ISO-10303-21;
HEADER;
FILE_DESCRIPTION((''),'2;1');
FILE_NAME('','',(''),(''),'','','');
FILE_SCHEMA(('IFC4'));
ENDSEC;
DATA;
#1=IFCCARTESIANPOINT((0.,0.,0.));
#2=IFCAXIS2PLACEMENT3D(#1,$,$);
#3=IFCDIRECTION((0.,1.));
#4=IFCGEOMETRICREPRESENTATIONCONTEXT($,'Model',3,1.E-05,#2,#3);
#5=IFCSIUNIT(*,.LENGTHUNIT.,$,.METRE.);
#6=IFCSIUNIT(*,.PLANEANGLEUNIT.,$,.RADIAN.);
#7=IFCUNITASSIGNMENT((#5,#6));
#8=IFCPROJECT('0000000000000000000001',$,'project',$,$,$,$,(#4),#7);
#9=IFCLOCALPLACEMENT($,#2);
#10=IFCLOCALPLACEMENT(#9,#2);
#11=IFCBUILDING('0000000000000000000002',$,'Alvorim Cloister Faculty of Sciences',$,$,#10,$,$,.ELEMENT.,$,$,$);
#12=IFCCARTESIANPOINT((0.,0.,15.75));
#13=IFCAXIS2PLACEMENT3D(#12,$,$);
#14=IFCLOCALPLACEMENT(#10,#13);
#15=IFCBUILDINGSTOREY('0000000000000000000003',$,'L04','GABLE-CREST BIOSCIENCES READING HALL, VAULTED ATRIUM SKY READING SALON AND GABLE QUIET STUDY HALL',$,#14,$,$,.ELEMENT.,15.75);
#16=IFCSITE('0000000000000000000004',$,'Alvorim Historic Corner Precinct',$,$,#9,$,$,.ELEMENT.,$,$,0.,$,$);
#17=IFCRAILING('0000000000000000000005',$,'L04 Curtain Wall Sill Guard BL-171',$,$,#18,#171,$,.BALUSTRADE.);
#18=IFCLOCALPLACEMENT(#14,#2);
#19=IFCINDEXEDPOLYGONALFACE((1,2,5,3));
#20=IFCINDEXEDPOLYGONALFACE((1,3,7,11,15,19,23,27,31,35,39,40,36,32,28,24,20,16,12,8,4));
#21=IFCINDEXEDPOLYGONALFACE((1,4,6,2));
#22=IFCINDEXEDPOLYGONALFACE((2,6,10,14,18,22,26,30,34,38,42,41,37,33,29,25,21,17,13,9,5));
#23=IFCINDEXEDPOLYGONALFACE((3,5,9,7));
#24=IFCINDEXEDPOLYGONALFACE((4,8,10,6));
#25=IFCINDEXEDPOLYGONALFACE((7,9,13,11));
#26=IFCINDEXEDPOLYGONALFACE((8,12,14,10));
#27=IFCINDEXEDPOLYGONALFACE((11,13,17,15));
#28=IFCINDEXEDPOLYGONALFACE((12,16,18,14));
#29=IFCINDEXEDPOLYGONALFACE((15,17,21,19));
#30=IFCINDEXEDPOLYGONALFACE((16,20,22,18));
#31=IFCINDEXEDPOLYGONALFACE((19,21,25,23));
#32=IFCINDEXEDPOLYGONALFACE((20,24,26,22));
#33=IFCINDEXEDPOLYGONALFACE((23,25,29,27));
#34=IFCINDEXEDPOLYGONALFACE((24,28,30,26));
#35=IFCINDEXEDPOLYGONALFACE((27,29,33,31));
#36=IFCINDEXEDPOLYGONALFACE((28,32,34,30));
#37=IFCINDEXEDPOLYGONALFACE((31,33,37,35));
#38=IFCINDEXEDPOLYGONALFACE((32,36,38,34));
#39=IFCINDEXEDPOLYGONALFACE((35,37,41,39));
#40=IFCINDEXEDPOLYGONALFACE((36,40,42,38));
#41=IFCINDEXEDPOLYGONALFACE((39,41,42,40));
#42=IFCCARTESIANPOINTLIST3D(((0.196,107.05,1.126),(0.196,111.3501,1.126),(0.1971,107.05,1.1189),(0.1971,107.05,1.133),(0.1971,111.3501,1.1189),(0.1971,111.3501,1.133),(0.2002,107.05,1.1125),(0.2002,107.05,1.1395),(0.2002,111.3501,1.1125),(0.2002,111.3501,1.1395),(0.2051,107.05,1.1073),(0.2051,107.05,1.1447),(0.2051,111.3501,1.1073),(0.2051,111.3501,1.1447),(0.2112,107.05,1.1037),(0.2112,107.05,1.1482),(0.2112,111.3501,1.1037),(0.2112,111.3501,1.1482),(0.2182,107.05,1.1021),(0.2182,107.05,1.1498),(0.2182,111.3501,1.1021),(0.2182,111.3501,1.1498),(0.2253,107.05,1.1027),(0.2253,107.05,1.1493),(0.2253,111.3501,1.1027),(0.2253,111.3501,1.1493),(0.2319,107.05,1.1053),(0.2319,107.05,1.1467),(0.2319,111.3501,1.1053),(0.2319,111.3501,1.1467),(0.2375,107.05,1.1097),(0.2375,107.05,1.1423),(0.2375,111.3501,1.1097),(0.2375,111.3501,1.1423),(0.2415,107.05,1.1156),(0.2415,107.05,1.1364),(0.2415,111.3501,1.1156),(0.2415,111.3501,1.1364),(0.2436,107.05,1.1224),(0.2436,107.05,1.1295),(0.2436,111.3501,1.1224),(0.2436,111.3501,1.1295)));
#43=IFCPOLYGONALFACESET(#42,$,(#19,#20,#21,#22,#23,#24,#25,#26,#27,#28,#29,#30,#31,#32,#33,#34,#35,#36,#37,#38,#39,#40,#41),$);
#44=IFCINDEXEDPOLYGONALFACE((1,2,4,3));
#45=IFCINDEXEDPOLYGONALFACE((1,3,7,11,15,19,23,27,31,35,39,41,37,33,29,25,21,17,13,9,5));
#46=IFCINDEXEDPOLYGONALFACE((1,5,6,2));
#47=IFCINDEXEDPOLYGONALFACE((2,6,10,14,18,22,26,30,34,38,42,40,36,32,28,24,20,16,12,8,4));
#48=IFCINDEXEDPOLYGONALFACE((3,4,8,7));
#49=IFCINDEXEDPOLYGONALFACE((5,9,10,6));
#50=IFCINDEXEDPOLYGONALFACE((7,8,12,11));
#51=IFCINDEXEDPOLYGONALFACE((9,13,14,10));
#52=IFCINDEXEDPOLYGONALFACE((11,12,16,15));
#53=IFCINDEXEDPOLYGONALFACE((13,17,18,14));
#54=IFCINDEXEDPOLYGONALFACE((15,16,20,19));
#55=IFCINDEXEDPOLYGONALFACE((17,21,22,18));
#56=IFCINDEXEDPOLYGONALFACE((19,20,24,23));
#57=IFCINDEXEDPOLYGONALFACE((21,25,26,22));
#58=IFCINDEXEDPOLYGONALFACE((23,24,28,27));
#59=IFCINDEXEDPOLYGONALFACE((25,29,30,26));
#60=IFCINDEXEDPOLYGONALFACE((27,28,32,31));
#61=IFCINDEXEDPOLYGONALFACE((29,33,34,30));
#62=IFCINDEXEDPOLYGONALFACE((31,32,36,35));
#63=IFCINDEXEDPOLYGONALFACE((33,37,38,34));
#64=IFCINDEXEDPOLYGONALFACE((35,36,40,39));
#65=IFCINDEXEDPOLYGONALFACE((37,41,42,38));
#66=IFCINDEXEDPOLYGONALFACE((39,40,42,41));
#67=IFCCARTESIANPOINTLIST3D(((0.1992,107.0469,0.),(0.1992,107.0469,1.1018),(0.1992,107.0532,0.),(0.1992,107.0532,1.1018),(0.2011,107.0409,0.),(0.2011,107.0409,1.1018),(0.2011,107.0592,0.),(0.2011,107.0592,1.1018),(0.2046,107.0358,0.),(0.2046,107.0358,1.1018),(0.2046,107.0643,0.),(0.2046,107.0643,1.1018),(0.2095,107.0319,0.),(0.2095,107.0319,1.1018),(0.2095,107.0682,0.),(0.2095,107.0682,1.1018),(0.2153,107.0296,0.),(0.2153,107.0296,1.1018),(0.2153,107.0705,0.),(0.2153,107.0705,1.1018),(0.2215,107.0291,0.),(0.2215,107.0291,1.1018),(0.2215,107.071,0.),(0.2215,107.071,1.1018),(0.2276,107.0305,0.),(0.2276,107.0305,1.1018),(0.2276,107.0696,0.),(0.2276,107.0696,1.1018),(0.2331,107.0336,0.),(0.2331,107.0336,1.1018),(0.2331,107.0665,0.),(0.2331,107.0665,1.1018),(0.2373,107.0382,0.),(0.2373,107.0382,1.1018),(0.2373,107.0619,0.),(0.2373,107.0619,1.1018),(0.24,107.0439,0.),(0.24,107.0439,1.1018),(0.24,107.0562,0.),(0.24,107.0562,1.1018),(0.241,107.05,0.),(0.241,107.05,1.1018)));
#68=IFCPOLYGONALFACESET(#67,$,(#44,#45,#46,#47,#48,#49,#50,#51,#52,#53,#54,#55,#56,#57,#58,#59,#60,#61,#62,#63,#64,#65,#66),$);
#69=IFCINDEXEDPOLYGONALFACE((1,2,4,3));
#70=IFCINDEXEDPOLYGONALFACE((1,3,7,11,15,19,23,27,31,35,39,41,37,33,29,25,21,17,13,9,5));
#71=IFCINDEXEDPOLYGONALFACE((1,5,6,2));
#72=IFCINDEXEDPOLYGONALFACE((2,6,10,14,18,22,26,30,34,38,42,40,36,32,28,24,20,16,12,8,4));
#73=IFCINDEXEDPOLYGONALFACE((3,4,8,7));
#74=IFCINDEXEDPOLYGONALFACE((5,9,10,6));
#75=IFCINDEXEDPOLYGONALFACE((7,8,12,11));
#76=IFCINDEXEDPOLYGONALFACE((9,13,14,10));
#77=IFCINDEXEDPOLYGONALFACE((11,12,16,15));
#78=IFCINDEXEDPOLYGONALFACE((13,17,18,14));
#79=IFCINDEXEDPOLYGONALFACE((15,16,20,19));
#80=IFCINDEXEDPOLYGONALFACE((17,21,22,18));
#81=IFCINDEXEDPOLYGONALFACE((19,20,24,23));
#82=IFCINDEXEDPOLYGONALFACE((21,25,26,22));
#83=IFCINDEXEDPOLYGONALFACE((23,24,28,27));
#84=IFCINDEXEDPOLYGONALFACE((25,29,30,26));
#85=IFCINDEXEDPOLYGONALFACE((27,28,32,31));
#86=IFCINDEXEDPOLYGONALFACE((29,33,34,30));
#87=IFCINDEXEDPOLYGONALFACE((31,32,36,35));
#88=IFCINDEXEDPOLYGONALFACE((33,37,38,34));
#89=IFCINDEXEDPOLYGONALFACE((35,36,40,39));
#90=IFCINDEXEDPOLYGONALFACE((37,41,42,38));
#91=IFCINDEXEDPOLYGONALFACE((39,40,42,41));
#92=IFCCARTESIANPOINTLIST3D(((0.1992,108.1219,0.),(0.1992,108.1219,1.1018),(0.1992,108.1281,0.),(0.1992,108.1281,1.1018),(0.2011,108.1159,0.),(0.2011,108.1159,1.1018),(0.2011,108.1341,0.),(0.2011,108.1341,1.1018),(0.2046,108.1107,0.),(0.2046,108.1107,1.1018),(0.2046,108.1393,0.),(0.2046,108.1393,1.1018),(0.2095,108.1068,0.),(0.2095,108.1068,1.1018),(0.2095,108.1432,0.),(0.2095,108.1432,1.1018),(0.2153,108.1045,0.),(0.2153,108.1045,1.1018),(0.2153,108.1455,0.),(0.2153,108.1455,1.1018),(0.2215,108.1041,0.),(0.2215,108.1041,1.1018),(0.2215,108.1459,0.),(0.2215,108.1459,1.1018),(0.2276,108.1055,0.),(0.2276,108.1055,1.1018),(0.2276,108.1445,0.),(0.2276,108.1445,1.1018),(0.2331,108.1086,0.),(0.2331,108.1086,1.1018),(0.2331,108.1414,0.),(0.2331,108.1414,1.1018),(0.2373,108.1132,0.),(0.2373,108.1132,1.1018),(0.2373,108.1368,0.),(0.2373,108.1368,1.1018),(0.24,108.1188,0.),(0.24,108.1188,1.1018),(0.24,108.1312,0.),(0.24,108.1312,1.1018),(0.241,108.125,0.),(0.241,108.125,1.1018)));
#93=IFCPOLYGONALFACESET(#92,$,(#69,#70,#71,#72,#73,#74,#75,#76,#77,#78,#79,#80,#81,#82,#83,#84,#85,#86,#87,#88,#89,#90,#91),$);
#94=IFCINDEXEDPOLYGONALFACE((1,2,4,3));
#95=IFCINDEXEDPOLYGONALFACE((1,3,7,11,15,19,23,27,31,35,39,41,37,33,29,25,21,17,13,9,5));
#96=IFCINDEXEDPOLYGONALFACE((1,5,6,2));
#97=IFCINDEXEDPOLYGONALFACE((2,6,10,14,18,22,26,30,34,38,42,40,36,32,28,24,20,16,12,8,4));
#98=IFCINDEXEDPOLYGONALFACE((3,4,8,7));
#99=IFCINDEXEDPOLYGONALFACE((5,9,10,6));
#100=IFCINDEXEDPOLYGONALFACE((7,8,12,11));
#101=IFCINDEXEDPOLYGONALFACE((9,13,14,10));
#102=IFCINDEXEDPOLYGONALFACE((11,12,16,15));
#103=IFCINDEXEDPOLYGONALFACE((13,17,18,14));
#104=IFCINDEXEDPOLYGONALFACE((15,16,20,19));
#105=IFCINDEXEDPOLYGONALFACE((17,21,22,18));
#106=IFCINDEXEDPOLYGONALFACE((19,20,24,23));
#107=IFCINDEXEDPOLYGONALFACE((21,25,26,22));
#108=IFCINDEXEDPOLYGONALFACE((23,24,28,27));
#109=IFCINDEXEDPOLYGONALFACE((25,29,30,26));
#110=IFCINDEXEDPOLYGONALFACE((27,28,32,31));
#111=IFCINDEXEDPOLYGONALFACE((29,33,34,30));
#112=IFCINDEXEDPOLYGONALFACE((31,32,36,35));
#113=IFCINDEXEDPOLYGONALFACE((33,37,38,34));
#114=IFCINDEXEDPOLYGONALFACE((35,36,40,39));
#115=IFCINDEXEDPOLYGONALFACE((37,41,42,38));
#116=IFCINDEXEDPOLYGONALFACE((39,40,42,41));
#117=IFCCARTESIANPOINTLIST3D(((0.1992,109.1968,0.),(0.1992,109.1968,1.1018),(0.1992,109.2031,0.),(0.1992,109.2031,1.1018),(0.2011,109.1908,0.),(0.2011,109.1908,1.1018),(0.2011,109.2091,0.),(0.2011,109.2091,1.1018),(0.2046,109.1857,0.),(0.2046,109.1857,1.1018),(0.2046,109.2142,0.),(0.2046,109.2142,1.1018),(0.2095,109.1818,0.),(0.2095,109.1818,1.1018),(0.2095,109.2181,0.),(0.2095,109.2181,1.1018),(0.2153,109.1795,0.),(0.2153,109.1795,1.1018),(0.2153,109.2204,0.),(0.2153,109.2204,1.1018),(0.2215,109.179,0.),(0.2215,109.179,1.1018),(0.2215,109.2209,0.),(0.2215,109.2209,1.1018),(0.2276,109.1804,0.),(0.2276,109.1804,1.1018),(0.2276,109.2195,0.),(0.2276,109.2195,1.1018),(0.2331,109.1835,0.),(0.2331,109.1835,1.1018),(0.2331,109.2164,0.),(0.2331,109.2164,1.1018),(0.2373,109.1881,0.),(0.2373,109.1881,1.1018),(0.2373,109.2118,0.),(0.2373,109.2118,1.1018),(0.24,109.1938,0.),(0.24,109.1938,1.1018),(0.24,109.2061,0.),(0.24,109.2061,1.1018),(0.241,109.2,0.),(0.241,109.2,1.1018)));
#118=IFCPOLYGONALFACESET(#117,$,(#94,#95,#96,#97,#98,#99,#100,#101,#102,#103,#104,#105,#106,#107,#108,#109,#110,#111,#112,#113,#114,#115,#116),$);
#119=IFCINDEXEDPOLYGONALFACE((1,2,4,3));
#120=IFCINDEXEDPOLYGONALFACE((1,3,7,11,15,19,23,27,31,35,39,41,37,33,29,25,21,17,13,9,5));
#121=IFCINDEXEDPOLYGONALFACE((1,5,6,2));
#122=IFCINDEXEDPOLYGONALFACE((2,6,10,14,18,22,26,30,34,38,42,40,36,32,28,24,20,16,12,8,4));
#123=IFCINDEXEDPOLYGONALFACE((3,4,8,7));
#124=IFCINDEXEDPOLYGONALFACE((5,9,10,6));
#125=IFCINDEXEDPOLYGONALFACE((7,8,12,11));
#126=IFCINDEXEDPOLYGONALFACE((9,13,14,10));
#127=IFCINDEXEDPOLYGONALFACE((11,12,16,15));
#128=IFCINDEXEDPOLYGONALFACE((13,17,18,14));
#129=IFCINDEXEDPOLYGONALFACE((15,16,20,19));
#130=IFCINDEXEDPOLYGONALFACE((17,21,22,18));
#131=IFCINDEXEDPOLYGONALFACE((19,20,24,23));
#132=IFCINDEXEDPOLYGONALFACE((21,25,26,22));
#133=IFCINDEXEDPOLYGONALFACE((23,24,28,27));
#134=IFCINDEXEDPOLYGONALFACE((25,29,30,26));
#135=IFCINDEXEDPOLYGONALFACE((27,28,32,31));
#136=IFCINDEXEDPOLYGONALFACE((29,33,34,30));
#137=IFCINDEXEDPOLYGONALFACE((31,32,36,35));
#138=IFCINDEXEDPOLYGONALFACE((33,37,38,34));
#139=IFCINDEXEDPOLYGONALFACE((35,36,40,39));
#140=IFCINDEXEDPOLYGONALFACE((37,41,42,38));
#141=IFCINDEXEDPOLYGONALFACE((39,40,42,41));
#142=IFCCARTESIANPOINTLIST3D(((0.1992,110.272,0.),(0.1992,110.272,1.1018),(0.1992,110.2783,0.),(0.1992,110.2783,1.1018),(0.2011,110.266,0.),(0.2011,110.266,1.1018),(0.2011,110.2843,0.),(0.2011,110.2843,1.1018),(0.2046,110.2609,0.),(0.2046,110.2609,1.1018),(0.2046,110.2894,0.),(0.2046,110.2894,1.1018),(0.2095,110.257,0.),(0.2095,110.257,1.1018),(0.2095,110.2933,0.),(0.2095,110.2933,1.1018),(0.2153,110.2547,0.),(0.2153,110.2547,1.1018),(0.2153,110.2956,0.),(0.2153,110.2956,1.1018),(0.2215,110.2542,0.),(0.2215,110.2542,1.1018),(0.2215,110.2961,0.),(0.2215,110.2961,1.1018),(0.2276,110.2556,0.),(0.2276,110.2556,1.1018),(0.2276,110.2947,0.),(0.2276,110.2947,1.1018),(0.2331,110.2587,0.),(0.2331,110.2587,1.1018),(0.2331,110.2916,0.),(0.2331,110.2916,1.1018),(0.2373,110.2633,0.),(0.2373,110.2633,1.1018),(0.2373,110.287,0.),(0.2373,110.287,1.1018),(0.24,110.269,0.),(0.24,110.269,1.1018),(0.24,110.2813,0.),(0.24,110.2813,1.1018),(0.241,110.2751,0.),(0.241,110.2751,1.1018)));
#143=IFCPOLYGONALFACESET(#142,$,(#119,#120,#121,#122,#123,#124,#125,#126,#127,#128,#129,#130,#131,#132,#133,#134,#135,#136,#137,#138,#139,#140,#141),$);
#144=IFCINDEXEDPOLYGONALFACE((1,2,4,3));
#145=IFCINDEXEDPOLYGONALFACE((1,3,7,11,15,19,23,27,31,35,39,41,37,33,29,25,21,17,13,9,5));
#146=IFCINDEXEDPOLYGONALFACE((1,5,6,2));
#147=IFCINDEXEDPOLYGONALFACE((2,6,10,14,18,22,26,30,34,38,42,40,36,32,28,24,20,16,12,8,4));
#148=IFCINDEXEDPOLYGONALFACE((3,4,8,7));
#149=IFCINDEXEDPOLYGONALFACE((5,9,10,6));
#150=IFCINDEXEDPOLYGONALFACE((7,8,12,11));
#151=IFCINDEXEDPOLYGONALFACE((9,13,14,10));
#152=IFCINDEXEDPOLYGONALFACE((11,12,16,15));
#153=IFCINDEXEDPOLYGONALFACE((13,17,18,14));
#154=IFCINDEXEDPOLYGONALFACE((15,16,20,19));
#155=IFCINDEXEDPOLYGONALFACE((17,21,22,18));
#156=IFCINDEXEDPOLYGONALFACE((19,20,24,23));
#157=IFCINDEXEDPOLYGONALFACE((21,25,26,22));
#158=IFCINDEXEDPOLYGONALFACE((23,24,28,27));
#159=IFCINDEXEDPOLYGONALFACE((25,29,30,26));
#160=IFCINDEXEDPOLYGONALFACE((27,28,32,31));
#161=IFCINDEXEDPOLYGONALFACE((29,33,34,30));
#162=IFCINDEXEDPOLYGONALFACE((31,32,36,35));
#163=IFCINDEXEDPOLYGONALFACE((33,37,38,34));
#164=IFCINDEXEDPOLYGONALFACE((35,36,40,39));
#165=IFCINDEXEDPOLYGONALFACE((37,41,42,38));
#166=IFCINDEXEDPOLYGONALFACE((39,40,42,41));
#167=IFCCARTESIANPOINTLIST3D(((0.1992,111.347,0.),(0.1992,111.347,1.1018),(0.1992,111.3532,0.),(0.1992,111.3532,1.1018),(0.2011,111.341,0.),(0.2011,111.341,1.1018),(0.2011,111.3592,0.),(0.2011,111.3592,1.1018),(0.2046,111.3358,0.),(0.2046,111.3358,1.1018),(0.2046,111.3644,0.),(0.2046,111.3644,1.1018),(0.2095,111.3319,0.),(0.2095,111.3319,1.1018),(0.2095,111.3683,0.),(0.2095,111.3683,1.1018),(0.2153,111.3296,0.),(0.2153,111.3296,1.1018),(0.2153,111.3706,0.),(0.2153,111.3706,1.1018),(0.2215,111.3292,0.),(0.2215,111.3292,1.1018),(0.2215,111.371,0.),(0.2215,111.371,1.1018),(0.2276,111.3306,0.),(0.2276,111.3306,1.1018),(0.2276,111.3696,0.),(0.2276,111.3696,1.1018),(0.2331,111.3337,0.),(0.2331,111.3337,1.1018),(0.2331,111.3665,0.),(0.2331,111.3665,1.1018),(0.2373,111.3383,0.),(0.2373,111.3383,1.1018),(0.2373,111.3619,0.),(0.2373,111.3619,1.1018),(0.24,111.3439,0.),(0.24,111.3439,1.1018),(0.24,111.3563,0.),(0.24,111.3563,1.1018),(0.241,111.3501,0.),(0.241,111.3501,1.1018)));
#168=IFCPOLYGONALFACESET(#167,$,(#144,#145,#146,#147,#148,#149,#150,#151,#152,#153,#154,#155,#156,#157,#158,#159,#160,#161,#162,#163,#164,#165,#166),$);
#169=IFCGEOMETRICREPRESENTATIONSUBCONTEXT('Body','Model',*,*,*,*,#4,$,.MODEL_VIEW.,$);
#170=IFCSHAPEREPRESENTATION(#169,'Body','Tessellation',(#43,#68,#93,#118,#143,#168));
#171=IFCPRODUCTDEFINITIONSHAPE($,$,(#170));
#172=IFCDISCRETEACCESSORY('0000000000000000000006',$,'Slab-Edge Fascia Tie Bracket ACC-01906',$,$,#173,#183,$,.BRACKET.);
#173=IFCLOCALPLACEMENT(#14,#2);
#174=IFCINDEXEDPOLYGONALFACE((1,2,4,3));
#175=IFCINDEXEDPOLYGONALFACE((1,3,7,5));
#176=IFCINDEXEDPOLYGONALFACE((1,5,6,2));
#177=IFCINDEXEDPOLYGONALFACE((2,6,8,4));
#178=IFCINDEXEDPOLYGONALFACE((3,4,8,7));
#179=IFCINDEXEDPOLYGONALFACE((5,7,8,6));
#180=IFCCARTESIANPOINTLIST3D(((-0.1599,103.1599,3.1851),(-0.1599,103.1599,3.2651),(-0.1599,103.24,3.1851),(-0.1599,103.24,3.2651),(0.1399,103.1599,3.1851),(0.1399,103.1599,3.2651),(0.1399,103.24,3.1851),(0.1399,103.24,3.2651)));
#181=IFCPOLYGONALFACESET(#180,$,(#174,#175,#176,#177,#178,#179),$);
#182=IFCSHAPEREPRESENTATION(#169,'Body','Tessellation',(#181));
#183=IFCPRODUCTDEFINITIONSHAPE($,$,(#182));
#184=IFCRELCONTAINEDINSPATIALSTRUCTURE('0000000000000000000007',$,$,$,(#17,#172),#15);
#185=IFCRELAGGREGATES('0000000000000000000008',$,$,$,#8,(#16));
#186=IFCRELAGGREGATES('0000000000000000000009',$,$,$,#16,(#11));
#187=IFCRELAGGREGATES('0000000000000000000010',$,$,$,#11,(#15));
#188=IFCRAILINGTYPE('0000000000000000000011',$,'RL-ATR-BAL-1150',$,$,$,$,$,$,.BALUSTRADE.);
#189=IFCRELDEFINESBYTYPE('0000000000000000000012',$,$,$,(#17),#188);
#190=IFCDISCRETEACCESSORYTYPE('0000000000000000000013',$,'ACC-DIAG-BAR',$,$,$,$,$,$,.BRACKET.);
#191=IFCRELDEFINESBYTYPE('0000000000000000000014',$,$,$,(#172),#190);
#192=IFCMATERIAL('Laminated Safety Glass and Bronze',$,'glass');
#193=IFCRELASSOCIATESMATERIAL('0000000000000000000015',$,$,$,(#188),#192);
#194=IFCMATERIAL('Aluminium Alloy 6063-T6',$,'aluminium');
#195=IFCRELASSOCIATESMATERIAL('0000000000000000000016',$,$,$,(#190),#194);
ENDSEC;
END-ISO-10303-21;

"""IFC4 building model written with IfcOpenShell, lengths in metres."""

from ifc_helpers import new_model, si_unit, direction, frame, origin, origin_2d, place, context, subcontext, project, spatial, rectangle, circle, extrude, material, type_object, element, save


model = new_model("IFC4")

# Units and contexts
model_context = context("Model", 3, precision=1e-05, world=origin(), true_north=direction((0.0, 1.0)))
body_context = subcontext(model_context, "Body", "Model", "MODEL_VIEW")
ifc_project = project(units=[si_unit("LENGTHUNIT", "METRE"), si_unit("PLANEANGLEUNIT", "RADIAN")], contexts=[model_context])

# Site, building, storey
site_placement = place(None, origin())
site = spatial("IfcSite", under=ifc_project, at=site_placement, Name="Alvorim Historic Corner Precinct", CompositionType="ELEMENT", RefElevation=0.0)
building_placement = place(site_placement, origin())
building = spatial("IfcBuilding", under=site, at=building_placement, Name="Alvorim Cloister Faculty of Sciences", CompositionType="ELEMENT")
storey_placement = place(building_placement, frame((0.0, 0.0, 15.75)))
storey = spatial("IfcBuildingStorey", under=building, at=storey_placement, Name="L04", Description="GABLE-CREST BIOSCIENCES READING HALL, VAULTED ATRIUM SKY READING SALON AND GABLE QUIET STUDY HALL", CompositionType="ELEMENT", Elevation=15.75)

# Shared definitions
ifc_material_1 = material(Name="Aluminium Alloy 6063-T6", Category="aluminium")

# Railing
ifc_material_2 = material(Name="Laminated Safety Glass and Bronze", Category="glass")
railing_type = type_object("IfcRailingType", Name="RL-ATR-BAL-1150", PredefinedType="BALUSTRADE", material=ifc_material_2)
railing_placement = place(storey_placement, frame((0.22, 107.05, 0.0)))
element("IfcRailing", 1, at=railing_placement, inside=storey, type_object=railing_type, Name="L04 Curtain Wall Sill Guard BL-171", PredefinedType="BALUSTRADE", context=body_context, shape_type="SweptSolid", body=[
    extrude(circle(Radius=0.0239, at=origin_2d()), frame((0.0, 0.0, 1.126), z_axis=(0.0, 1.0, 0.0), x_axis=(-1.0, 0.0, 0.0)), (0.0, 0.0, 1.0), 4.3),
    extrude(circle(Radius=0.021, at=origin_2d()), origin(), (0.0, 0.0, 1.0), 1.1018),
    extrude(circle(Radius=0.021, at=origin_2d()), frame((0.0, 1.075, 0.0)), (0.0, 0.0, 1.0), 1.1018),
    extrude(circle(Radius=0.021, at=origin_2d()), frame((0.0, 2.1499, 0.0)), (0.0, 0.0, 1.0), 1.1018),
    extrude(circle(Radius=0.021, at=origin_2d()), frame((0.0, 3.2251, 0.0)), (0.0, 0.0, 1.0), 1.1018),
    extrude(circle(Radius=0.021, at=origin_2d()), frame((0.0, 4.3, 0.0)), (0.0, 0.0, 1.0), 1.1018),
])

# Discrete accessory
discrete_accessory_type = type_object("IfcDiscreteAccessoryType", Name="ACC-DIAG-BAR", PredefinedType="BRACKET", material=ifc_material_1)
discrete_accessory_placement = place(storey_placement, frame((0.1399, 103.2, 3.2251), z_axis=(-1.0, 0.0, 0.0), x_axis=(0.0, -1.0, 0.0)))
element("IfcDiscreteAccessory", 2, at=discrete_accessory_placement, inside=storey, type_object=discrete_accessory_type, Name="Slab-Edge Fascia Tie Bracket ACC-01906", PredefinedType="BRACKET", context=body_context, shape_type="SweptSolid", body=[
    extrude(rectangle(XDim=0.0801, YDim=0.0801, at=origin_2d()), origin(), (0.0, 0.0, 1.0), 0.2998),
])

save(model, "model.ifc")
